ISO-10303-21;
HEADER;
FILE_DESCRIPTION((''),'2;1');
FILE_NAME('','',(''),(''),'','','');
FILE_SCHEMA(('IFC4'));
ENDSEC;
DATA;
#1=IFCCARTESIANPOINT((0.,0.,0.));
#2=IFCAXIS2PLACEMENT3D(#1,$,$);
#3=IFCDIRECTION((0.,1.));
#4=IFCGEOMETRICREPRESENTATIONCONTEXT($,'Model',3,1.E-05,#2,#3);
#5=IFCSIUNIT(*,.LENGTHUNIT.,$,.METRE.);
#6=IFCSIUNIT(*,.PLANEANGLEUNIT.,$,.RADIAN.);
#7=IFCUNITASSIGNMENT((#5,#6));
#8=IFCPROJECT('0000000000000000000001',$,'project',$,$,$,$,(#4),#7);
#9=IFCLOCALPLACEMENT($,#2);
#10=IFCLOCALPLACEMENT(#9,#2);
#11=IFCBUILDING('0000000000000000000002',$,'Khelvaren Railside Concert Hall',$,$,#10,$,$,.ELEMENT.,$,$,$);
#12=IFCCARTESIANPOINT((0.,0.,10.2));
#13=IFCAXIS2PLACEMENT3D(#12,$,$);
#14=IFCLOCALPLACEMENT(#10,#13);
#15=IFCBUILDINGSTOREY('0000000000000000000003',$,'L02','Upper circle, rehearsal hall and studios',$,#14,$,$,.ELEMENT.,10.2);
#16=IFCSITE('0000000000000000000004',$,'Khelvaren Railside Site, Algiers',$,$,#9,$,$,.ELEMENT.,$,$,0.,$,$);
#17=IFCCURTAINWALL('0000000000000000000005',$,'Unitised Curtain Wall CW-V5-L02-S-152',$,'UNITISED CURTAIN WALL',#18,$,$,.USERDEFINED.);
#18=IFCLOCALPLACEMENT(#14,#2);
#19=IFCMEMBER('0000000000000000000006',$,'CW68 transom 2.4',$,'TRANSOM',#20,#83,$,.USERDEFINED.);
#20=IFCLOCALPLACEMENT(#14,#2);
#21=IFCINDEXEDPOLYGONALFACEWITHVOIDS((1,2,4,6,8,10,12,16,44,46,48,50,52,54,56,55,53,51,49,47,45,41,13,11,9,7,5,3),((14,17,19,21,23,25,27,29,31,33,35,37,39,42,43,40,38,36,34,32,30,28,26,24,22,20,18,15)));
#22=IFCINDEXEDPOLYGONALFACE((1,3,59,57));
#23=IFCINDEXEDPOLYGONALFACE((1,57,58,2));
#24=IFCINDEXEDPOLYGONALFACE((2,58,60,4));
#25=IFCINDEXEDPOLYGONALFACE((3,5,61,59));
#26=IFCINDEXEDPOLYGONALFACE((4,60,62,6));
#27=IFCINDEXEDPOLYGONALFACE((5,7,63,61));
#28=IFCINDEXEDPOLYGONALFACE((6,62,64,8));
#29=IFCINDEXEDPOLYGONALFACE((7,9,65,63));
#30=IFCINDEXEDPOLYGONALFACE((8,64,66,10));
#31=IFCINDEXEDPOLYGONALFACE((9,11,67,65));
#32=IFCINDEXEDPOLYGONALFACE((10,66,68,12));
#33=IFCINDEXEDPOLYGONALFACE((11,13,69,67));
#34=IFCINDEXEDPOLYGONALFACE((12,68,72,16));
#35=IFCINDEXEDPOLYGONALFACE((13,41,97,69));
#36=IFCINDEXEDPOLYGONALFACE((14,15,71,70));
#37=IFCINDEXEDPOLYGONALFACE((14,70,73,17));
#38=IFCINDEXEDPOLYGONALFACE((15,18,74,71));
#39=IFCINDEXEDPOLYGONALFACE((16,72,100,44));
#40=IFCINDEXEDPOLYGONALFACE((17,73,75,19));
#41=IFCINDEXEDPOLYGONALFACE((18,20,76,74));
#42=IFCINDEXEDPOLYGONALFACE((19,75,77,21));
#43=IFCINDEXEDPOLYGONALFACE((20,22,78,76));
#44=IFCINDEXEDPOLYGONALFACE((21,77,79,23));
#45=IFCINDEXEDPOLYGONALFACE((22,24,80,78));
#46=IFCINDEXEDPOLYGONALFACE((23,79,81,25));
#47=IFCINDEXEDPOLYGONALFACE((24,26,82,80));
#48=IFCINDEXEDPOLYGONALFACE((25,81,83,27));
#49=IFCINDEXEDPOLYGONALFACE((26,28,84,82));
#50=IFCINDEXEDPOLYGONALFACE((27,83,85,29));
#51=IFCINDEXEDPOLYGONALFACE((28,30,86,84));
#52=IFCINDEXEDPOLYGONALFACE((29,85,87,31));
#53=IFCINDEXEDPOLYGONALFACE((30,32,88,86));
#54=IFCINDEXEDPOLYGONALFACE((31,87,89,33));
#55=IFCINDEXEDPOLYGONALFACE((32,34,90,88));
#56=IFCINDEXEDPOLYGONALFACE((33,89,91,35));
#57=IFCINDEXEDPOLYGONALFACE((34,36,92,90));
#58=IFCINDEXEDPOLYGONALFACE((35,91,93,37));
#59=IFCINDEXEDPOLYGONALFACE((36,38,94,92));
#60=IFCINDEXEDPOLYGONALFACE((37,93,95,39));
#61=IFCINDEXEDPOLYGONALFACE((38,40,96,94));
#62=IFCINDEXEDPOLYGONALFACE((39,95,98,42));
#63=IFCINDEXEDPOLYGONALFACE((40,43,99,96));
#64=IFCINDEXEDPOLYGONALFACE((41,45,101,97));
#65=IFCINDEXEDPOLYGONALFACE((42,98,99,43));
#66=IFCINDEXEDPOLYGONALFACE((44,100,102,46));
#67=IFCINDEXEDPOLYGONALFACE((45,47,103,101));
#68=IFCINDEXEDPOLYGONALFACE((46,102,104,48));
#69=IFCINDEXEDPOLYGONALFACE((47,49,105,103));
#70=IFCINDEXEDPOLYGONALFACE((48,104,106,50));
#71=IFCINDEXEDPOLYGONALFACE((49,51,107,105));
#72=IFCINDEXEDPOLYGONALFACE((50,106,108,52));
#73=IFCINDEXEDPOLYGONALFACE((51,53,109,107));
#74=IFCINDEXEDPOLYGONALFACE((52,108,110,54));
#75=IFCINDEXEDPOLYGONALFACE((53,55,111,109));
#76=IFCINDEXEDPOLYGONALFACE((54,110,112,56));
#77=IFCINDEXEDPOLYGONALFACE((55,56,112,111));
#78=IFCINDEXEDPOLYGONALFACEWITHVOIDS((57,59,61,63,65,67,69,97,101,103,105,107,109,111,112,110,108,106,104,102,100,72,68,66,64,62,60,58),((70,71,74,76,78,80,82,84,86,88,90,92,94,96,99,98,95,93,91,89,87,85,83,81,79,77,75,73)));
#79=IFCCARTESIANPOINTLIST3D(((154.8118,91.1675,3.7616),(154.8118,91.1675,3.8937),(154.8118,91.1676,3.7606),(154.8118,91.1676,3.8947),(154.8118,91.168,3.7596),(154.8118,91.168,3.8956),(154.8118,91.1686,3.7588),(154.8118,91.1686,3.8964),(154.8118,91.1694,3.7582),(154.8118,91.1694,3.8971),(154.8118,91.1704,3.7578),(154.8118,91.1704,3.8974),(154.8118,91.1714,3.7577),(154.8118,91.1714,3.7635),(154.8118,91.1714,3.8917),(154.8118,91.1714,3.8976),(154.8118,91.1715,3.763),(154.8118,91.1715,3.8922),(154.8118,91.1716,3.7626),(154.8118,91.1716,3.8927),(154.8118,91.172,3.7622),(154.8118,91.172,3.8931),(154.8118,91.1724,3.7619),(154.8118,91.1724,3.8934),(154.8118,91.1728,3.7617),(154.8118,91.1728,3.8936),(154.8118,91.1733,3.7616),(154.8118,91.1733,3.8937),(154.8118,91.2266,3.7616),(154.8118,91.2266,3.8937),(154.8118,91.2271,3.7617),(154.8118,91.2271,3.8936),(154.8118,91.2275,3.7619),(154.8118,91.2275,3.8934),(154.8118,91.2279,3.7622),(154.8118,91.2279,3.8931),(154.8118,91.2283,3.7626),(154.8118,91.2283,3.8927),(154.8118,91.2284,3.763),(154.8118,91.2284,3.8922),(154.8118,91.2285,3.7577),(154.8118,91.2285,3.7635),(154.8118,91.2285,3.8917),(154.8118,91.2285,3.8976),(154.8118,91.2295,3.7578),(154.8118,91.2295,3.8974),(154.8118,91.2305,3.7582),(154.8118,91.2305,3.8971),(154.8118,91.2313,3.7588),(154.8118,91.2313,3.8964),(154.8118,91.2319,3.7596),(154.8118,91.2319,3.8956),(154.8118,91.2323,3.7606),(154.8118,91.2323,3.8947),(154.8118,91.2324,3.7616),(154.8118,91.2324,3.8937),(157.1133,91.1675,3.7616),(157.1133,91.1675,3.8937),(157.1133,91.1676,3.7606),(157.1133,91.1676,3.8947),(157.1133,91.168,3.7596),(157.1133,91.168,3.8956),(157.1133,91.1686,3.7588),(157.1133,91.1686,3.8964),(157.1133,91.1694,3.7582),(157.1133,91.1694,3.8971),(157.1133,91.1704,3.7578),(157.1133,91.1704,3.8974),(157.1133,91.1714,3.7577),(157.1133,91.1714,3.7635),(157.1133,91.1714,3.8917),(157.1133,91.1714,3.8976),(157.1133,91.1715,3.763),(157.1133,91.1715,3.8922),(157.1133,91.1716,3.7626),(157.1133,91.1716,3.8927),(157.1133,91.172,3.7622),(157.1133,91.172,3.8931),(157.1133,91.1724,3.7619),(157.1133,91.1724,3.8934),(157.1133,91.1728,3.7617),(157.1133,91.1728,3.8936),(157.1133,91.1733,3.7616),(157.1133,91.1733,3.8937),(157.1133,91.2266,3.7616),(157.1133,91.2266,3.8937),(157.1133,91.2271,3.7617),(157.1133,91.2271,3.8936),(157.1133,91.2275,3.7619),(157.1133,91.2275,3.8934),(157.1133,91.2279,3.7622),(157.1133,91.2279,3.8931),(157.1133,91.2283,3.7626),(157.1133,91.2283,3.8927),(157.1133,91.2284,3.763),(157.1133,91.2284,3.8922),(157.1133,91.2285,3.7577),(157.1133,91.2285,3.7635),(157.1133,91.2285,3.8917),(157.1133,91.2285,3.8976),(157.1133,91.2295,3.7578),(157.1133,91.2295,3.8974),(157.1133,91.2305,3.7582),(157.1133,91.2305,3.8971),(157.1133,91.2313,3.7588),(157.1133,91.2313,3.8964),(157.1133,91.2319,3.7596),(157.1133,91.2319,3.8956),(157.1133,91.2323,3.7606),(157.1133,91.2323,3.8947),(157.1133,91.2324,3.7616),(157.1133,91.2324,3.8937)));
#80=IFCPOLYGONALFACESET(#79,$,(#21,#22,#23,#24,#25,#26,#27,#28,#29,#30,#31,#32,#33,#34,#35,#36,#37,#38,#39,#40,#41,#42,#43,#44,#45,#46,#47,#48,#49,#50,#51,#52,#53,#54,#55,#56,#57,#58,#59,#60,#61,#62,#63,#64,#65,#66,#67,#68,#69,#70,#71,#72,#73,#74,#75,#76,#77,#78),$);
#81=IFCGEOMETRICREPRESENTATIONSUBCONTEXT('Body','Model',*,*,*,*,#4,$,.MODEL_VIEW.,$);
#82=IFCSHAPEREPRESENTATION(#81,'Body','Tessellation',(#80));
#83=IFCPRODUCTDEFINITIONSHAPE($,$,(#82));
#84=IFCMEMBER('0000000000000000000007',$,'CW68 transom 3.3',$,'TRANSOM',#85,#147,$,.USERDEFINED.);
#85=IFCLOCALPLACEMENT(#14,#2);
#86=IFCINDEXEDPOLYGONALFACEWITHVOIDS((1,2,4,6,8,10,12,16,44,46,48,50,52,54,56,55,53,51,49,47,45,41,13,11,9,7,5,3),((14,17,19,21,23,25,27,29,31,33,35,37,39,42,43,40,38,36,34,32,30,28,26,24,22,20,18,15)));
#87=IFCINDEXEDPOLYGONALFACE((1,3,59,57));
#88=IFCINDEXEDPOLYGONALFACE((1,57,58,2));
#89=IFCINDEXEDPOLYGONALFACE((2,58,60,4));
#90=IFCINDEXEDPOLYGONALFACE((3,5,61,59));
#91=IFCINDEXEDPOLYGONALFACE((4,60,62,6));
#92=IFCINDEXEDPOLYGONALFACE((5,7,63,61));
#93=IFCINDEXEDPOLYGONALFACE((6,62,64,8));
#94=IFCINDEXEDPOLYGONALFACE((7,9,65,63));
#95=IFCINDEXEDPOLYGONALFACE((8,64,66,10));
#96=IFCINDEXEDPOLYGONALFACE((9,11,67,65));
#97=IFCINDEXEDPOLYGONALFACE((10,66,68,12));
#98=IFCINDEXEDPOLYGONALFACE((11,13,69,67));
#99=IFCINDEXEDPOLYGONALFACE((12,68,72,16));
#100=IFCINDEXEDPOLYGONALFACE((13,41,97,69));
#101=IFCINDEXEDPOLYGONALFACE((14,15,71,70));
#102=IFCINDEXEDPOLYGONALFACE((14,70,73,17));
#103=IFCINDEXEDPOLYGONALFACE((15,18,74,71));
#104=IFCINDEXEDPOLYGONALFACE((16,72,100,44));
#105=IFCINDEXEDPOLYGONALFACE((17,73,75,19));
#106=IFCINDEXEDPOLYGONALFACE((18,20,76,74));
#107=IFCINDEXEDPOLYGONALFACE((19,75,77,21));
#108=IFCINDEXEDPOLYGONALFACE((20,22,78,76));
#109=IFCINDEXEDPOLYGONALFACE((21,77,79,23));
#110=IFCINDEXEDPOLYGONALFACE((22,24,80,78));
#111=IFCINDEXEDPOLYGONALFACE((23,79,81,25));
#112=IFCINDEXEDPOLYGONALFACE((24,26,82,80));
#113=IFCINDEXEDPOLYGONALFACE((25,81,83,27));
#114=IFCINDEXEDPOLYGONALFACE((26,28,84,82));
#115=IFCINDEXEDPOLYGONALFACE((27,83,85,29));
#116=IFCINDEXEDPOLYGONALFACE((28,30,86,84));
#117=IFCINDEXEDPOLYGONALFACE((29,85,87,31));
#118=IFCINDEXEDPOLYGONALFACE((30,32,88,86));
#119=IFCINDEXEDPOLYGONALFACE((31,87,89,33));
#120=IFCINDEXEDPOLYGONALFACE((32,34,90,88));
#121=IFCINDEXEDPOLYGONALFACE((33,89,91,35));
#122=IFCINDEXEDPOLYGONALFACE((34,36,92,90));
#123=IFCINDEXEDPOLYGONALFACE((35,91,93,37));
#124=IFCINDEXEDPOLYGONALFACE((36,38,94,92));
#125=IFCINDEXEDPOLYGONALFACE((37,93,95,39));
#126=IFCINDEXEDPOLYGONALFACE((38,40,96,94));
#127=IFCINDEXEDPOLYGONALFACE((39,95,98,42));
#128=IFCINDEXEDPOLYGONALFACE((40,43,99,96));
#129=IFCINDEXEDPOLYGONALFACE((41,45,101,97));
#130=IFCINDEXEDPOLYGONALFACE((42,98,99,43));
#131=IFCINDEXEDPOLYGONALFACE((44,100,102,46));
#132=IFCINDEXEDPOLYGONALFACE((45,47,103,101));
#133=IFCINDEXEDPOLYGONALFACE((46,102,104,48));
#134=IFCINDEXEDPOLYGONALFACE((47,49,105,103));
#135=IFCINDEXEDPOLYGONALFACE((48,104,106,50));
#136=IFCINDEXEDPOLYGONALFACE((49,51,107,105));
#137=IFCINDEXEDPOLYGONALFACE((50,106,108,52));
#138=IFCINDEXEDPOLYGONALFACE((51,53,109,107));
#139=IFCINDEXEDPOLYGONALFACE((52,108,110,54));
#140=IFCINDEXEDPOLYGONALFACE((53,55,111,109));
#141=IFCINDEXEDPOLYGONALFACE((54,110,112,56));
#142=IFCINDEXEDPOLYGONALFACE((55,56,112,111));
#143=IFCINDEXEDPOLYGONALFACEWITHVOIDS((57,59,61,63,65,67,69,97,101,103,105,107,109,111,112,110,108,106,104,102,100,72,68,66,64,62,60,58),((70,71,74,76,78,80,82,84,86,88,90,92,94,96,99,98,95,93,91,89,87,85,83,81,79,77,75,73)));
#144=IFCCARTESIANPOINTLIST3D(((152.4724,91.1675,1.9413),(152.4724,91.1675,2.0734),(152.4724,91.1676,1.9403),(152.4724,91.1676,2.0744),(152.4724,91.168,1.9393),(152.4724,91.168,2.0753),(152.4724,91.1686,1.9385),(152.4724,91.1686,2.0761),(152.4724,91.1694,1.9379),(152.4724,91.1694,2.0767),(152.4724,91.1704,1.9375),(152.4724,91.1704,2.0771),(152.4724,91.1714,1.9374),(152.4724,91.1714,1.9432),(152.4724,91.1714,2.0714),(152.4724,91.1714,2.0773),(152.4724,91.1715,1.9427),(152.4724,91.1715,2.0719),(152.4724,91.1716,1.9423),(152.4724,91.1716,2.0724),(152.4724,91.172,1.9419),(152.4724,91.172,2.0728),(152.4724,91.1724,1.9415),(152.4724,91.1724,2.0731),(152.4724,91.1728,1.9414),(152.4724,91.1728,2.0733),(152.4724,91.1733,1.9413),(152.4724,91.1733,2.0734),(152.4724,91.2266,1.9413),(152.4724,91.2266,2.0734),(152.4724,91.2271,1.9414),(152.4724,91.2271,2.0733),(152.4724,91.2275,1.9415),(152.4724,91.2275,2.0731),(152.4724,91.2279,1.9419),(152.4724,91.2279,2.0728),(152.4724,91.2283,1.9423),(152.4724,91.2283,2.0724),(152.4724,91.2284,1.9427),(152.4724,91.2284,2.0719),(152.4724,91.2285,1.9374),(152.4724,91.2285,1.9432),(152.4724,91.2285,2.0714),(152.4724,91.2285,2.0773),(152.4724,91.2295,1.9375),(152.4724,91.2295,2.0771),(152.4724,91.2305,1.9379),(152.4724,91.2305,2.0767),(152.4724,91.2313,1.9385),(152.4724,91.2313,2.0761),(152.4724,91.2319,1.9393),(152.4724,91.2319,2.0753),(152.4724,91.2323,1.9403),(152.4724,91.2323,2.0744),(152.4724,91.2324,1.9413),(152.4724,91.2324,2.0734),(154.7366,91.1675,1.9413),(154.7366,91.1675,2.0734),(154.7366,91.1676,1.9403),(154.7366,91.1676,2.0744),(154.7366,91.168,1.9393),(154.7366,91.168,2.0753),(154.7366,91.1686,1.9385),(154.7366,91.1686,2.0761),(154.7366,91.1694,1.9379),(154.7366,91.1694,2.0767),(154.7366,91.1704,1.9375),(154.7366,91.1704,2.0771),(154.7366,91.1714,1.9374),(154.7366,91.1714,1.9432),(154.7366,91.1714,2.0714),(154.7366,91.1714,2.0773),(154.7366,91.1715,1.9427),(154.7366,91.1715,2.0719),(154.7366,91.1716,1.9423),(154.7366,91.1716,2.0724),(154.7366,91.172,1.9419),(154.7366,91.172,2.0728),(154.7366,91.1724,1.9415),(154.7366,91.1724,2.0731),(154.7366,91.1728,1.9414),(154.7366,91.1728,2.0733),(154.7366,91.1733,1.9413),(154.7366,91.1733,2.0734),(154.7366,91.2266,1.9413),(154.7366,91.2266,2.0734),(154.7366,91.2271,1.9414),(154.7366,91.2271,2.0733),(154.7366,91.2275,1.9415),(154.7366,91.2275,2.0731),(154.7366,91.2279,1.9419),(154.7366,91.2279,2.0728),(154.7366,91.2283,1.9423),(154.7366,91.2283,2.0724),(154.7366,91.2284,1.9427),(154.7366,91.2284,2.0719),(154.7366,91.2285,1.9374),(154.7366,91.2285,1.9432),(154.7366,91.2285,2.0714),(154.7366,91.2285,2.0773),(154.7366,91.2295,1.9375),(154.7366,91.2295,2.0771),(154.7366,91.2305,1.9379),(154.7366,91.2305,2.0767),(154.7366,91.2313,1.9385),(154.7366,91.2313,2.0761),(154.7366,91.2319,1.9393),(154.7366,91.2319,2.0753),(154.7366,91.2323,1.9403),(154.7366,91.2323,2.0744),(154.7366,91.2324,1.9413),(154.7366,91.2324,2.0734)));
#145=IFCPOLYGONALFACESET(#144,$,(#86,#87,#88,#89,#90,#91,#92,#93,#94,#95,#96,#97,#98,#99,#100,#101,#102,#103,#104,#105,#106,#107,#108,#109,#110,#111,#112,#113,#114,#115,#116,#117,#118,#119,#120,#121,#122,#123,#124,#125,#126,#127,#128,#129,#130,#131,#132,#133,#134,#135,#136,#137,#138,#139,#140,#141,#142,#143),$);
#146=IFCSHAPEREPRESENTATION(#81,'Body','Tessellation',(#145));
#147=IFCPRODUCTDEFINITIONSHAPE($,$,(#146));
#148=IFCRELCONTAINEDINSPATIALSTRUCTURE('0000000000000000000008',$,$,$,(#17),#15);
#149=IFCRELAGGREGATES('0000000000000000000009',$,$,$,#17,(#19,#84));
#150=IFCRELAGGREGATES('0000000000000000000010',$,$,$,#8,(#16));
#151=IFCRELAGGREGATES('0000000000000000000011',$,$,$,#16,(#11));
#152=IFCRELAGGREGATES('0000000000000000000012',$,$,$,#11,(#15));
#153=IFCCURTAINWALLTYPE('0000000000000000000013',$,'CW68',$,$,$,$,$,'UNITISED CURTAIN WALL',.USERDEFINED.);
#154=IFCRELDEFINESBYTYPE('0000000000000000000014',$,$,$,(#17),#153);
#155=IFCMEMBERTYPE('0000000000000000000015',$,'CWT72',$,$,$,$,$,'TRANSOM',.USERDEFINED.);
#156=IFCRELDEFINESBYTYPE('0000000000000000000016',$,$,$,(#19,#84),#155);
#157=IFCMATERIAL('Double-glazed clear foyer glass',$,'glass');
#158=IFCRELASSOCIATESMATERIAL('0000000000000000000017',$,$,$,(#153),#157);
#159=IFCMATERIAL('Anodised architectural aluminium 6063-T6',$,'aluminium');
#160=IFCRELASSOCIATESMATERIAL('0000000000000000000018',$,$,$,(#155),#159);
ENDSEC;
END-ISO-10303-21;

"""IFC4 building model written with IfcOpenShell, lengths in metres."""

from ifc_helpers import new_model, si_unit, direction, frame, origin, origin_2d, place, context, subcontext, project, spatial, hollow_rectangle, extrude, material, material_profile, profile_set, type_object, element, aggregate, save


model = new_model("IFC4")

# Units and contexts
model_context = context("Model", 3, precision=1e-05, world=origin(), true_north=direction((0.0, 1.0)))
body_context = subcontext(model_context, "Body", "Model", "MODEL_VIEW")
ifc_project = project(units=[si_unit("LENGTHUNIT", "METRE"), si_unit("PLANEANGLEUNIT", "RADIAN")], contexts=[model_context])

# Site, building, storey
site_placement = place(None, origin())
site = spatial("IfcSite", under=ifc_project, at=site_placement, Name="Khelvaren Railside Site, Algiers", CompositionType="ELEMENT", RefElevation=0.0)
building_placement = place(site_placement, origin())
building = spatial("IfcBuilding", under=site, at=building_placement, Name="Khelvaren Railside Concert Hall", CompositionType="ELEMENT")
storey_placement = place(building_placement, frame((0.0, 0.0, 10.2)))
storey = spatial("IfcBuildingStorey", under=building, at=storey_placement, Name="L02", Description="Upper circle, rehearsal hall and studios", CompositionType="ELEMENT", Elevation=10.2)

# Curtain wall, members
ifc_material_1 = material(Name="Double-glazed clear foyer glass", Category="glass")
curtain_wall_type = type_object("IfcCurtainWallType", Name="CW68", ElementType="UNITISED CURTAIN WALL", PredefinedType="USERDEFINED", material=ifc_material_1)
curtain_wall_placement = place(storey_placement, origin())
curtain_wall = element("IfcCurtainWall", 1, at=curtain_wall_placement, inside=storey, type_object=curtain_wall_type, Name="Unitised Curtain Wall CW-V5-L02-S-152", ObjectType="UNITISED CURTAIN WALL", PredefinedType="USERDEFINED")
ifc_material_2 = material(Name="Anodised architectural aluminium 6063-T6", Category="aluminium")
ifc_material_profile_1 = material_profile(ifc_material_2, hollow_rectangle(XDim=0.0649, YDim=0.1399, WallThickness=0.0039, InnerFilletRadius=0.002, OuterFilletRadius=0.0039, at=origin_2d()), Name="CWT 65x140x4")
ifc_profile_set_1 = profile_set([ifc_material_profile_1], Name="Anodised architectural aluminium 6063-T6")
member_type_1 = type_object("IfcMemberType", Name="CWT72", ElementType="TRANSOM", PredefinedType="USERDEFINED", material=ifc_profile_set_1)
member_1_placement = place(storey_placement, frame((157.1133, 91.2, 3.8276), z_axis=(-1.0, 0.0, 0.0), x_axis=(0.0, -1.0, 0.0)))
member_1 = element("IfcMember", 2, at=member_1_placement, type_object=member_type_1, Name="CW68 transom 2.4", ObjectType="TRANSOM", PredefinedType="USERDEFINED", context=body_context, shape_type="SweptSolid", body=[
    extrude(hollow_rectangle(XDim=0.0649, YDim=0.1399, WallThickness=0.0039, InnerFilletRadius=0.002, OuterFilletRadius=0.0039, at=origin_2d()), origin(), (0.0, 0.0, 1.0), 2.3015),
])
member_2_placement = place(storey_placement, frame((154.7366, 91.2, 2.0073), z_axis=(-1.0, 0.0, 0.0), x_axis=(0.0, -1.0, 0.0)))
member_2 = element("IfcMember", 3, at=member_2_placement, type_object=member_type_1, Name="CW68 transom 3.3", ObjectType="TRANSOM", PredefinedType="USERDEFINED", context=body_context, shape_type="SweptSolid", body=[
    extrude(hollow_rectangle(XDim=0.0649, YDim=0.1399, WallThickness=0.0039, InnerFilletRadius=0.002, OuterFilletRadius=0.0039, at=origin_2d()), origin(), (0.0, 0.0, 1.0), 2.2642),
])

aggregate(curtain_wall, [member_1, member_2])

save(model, "model.ifc")
